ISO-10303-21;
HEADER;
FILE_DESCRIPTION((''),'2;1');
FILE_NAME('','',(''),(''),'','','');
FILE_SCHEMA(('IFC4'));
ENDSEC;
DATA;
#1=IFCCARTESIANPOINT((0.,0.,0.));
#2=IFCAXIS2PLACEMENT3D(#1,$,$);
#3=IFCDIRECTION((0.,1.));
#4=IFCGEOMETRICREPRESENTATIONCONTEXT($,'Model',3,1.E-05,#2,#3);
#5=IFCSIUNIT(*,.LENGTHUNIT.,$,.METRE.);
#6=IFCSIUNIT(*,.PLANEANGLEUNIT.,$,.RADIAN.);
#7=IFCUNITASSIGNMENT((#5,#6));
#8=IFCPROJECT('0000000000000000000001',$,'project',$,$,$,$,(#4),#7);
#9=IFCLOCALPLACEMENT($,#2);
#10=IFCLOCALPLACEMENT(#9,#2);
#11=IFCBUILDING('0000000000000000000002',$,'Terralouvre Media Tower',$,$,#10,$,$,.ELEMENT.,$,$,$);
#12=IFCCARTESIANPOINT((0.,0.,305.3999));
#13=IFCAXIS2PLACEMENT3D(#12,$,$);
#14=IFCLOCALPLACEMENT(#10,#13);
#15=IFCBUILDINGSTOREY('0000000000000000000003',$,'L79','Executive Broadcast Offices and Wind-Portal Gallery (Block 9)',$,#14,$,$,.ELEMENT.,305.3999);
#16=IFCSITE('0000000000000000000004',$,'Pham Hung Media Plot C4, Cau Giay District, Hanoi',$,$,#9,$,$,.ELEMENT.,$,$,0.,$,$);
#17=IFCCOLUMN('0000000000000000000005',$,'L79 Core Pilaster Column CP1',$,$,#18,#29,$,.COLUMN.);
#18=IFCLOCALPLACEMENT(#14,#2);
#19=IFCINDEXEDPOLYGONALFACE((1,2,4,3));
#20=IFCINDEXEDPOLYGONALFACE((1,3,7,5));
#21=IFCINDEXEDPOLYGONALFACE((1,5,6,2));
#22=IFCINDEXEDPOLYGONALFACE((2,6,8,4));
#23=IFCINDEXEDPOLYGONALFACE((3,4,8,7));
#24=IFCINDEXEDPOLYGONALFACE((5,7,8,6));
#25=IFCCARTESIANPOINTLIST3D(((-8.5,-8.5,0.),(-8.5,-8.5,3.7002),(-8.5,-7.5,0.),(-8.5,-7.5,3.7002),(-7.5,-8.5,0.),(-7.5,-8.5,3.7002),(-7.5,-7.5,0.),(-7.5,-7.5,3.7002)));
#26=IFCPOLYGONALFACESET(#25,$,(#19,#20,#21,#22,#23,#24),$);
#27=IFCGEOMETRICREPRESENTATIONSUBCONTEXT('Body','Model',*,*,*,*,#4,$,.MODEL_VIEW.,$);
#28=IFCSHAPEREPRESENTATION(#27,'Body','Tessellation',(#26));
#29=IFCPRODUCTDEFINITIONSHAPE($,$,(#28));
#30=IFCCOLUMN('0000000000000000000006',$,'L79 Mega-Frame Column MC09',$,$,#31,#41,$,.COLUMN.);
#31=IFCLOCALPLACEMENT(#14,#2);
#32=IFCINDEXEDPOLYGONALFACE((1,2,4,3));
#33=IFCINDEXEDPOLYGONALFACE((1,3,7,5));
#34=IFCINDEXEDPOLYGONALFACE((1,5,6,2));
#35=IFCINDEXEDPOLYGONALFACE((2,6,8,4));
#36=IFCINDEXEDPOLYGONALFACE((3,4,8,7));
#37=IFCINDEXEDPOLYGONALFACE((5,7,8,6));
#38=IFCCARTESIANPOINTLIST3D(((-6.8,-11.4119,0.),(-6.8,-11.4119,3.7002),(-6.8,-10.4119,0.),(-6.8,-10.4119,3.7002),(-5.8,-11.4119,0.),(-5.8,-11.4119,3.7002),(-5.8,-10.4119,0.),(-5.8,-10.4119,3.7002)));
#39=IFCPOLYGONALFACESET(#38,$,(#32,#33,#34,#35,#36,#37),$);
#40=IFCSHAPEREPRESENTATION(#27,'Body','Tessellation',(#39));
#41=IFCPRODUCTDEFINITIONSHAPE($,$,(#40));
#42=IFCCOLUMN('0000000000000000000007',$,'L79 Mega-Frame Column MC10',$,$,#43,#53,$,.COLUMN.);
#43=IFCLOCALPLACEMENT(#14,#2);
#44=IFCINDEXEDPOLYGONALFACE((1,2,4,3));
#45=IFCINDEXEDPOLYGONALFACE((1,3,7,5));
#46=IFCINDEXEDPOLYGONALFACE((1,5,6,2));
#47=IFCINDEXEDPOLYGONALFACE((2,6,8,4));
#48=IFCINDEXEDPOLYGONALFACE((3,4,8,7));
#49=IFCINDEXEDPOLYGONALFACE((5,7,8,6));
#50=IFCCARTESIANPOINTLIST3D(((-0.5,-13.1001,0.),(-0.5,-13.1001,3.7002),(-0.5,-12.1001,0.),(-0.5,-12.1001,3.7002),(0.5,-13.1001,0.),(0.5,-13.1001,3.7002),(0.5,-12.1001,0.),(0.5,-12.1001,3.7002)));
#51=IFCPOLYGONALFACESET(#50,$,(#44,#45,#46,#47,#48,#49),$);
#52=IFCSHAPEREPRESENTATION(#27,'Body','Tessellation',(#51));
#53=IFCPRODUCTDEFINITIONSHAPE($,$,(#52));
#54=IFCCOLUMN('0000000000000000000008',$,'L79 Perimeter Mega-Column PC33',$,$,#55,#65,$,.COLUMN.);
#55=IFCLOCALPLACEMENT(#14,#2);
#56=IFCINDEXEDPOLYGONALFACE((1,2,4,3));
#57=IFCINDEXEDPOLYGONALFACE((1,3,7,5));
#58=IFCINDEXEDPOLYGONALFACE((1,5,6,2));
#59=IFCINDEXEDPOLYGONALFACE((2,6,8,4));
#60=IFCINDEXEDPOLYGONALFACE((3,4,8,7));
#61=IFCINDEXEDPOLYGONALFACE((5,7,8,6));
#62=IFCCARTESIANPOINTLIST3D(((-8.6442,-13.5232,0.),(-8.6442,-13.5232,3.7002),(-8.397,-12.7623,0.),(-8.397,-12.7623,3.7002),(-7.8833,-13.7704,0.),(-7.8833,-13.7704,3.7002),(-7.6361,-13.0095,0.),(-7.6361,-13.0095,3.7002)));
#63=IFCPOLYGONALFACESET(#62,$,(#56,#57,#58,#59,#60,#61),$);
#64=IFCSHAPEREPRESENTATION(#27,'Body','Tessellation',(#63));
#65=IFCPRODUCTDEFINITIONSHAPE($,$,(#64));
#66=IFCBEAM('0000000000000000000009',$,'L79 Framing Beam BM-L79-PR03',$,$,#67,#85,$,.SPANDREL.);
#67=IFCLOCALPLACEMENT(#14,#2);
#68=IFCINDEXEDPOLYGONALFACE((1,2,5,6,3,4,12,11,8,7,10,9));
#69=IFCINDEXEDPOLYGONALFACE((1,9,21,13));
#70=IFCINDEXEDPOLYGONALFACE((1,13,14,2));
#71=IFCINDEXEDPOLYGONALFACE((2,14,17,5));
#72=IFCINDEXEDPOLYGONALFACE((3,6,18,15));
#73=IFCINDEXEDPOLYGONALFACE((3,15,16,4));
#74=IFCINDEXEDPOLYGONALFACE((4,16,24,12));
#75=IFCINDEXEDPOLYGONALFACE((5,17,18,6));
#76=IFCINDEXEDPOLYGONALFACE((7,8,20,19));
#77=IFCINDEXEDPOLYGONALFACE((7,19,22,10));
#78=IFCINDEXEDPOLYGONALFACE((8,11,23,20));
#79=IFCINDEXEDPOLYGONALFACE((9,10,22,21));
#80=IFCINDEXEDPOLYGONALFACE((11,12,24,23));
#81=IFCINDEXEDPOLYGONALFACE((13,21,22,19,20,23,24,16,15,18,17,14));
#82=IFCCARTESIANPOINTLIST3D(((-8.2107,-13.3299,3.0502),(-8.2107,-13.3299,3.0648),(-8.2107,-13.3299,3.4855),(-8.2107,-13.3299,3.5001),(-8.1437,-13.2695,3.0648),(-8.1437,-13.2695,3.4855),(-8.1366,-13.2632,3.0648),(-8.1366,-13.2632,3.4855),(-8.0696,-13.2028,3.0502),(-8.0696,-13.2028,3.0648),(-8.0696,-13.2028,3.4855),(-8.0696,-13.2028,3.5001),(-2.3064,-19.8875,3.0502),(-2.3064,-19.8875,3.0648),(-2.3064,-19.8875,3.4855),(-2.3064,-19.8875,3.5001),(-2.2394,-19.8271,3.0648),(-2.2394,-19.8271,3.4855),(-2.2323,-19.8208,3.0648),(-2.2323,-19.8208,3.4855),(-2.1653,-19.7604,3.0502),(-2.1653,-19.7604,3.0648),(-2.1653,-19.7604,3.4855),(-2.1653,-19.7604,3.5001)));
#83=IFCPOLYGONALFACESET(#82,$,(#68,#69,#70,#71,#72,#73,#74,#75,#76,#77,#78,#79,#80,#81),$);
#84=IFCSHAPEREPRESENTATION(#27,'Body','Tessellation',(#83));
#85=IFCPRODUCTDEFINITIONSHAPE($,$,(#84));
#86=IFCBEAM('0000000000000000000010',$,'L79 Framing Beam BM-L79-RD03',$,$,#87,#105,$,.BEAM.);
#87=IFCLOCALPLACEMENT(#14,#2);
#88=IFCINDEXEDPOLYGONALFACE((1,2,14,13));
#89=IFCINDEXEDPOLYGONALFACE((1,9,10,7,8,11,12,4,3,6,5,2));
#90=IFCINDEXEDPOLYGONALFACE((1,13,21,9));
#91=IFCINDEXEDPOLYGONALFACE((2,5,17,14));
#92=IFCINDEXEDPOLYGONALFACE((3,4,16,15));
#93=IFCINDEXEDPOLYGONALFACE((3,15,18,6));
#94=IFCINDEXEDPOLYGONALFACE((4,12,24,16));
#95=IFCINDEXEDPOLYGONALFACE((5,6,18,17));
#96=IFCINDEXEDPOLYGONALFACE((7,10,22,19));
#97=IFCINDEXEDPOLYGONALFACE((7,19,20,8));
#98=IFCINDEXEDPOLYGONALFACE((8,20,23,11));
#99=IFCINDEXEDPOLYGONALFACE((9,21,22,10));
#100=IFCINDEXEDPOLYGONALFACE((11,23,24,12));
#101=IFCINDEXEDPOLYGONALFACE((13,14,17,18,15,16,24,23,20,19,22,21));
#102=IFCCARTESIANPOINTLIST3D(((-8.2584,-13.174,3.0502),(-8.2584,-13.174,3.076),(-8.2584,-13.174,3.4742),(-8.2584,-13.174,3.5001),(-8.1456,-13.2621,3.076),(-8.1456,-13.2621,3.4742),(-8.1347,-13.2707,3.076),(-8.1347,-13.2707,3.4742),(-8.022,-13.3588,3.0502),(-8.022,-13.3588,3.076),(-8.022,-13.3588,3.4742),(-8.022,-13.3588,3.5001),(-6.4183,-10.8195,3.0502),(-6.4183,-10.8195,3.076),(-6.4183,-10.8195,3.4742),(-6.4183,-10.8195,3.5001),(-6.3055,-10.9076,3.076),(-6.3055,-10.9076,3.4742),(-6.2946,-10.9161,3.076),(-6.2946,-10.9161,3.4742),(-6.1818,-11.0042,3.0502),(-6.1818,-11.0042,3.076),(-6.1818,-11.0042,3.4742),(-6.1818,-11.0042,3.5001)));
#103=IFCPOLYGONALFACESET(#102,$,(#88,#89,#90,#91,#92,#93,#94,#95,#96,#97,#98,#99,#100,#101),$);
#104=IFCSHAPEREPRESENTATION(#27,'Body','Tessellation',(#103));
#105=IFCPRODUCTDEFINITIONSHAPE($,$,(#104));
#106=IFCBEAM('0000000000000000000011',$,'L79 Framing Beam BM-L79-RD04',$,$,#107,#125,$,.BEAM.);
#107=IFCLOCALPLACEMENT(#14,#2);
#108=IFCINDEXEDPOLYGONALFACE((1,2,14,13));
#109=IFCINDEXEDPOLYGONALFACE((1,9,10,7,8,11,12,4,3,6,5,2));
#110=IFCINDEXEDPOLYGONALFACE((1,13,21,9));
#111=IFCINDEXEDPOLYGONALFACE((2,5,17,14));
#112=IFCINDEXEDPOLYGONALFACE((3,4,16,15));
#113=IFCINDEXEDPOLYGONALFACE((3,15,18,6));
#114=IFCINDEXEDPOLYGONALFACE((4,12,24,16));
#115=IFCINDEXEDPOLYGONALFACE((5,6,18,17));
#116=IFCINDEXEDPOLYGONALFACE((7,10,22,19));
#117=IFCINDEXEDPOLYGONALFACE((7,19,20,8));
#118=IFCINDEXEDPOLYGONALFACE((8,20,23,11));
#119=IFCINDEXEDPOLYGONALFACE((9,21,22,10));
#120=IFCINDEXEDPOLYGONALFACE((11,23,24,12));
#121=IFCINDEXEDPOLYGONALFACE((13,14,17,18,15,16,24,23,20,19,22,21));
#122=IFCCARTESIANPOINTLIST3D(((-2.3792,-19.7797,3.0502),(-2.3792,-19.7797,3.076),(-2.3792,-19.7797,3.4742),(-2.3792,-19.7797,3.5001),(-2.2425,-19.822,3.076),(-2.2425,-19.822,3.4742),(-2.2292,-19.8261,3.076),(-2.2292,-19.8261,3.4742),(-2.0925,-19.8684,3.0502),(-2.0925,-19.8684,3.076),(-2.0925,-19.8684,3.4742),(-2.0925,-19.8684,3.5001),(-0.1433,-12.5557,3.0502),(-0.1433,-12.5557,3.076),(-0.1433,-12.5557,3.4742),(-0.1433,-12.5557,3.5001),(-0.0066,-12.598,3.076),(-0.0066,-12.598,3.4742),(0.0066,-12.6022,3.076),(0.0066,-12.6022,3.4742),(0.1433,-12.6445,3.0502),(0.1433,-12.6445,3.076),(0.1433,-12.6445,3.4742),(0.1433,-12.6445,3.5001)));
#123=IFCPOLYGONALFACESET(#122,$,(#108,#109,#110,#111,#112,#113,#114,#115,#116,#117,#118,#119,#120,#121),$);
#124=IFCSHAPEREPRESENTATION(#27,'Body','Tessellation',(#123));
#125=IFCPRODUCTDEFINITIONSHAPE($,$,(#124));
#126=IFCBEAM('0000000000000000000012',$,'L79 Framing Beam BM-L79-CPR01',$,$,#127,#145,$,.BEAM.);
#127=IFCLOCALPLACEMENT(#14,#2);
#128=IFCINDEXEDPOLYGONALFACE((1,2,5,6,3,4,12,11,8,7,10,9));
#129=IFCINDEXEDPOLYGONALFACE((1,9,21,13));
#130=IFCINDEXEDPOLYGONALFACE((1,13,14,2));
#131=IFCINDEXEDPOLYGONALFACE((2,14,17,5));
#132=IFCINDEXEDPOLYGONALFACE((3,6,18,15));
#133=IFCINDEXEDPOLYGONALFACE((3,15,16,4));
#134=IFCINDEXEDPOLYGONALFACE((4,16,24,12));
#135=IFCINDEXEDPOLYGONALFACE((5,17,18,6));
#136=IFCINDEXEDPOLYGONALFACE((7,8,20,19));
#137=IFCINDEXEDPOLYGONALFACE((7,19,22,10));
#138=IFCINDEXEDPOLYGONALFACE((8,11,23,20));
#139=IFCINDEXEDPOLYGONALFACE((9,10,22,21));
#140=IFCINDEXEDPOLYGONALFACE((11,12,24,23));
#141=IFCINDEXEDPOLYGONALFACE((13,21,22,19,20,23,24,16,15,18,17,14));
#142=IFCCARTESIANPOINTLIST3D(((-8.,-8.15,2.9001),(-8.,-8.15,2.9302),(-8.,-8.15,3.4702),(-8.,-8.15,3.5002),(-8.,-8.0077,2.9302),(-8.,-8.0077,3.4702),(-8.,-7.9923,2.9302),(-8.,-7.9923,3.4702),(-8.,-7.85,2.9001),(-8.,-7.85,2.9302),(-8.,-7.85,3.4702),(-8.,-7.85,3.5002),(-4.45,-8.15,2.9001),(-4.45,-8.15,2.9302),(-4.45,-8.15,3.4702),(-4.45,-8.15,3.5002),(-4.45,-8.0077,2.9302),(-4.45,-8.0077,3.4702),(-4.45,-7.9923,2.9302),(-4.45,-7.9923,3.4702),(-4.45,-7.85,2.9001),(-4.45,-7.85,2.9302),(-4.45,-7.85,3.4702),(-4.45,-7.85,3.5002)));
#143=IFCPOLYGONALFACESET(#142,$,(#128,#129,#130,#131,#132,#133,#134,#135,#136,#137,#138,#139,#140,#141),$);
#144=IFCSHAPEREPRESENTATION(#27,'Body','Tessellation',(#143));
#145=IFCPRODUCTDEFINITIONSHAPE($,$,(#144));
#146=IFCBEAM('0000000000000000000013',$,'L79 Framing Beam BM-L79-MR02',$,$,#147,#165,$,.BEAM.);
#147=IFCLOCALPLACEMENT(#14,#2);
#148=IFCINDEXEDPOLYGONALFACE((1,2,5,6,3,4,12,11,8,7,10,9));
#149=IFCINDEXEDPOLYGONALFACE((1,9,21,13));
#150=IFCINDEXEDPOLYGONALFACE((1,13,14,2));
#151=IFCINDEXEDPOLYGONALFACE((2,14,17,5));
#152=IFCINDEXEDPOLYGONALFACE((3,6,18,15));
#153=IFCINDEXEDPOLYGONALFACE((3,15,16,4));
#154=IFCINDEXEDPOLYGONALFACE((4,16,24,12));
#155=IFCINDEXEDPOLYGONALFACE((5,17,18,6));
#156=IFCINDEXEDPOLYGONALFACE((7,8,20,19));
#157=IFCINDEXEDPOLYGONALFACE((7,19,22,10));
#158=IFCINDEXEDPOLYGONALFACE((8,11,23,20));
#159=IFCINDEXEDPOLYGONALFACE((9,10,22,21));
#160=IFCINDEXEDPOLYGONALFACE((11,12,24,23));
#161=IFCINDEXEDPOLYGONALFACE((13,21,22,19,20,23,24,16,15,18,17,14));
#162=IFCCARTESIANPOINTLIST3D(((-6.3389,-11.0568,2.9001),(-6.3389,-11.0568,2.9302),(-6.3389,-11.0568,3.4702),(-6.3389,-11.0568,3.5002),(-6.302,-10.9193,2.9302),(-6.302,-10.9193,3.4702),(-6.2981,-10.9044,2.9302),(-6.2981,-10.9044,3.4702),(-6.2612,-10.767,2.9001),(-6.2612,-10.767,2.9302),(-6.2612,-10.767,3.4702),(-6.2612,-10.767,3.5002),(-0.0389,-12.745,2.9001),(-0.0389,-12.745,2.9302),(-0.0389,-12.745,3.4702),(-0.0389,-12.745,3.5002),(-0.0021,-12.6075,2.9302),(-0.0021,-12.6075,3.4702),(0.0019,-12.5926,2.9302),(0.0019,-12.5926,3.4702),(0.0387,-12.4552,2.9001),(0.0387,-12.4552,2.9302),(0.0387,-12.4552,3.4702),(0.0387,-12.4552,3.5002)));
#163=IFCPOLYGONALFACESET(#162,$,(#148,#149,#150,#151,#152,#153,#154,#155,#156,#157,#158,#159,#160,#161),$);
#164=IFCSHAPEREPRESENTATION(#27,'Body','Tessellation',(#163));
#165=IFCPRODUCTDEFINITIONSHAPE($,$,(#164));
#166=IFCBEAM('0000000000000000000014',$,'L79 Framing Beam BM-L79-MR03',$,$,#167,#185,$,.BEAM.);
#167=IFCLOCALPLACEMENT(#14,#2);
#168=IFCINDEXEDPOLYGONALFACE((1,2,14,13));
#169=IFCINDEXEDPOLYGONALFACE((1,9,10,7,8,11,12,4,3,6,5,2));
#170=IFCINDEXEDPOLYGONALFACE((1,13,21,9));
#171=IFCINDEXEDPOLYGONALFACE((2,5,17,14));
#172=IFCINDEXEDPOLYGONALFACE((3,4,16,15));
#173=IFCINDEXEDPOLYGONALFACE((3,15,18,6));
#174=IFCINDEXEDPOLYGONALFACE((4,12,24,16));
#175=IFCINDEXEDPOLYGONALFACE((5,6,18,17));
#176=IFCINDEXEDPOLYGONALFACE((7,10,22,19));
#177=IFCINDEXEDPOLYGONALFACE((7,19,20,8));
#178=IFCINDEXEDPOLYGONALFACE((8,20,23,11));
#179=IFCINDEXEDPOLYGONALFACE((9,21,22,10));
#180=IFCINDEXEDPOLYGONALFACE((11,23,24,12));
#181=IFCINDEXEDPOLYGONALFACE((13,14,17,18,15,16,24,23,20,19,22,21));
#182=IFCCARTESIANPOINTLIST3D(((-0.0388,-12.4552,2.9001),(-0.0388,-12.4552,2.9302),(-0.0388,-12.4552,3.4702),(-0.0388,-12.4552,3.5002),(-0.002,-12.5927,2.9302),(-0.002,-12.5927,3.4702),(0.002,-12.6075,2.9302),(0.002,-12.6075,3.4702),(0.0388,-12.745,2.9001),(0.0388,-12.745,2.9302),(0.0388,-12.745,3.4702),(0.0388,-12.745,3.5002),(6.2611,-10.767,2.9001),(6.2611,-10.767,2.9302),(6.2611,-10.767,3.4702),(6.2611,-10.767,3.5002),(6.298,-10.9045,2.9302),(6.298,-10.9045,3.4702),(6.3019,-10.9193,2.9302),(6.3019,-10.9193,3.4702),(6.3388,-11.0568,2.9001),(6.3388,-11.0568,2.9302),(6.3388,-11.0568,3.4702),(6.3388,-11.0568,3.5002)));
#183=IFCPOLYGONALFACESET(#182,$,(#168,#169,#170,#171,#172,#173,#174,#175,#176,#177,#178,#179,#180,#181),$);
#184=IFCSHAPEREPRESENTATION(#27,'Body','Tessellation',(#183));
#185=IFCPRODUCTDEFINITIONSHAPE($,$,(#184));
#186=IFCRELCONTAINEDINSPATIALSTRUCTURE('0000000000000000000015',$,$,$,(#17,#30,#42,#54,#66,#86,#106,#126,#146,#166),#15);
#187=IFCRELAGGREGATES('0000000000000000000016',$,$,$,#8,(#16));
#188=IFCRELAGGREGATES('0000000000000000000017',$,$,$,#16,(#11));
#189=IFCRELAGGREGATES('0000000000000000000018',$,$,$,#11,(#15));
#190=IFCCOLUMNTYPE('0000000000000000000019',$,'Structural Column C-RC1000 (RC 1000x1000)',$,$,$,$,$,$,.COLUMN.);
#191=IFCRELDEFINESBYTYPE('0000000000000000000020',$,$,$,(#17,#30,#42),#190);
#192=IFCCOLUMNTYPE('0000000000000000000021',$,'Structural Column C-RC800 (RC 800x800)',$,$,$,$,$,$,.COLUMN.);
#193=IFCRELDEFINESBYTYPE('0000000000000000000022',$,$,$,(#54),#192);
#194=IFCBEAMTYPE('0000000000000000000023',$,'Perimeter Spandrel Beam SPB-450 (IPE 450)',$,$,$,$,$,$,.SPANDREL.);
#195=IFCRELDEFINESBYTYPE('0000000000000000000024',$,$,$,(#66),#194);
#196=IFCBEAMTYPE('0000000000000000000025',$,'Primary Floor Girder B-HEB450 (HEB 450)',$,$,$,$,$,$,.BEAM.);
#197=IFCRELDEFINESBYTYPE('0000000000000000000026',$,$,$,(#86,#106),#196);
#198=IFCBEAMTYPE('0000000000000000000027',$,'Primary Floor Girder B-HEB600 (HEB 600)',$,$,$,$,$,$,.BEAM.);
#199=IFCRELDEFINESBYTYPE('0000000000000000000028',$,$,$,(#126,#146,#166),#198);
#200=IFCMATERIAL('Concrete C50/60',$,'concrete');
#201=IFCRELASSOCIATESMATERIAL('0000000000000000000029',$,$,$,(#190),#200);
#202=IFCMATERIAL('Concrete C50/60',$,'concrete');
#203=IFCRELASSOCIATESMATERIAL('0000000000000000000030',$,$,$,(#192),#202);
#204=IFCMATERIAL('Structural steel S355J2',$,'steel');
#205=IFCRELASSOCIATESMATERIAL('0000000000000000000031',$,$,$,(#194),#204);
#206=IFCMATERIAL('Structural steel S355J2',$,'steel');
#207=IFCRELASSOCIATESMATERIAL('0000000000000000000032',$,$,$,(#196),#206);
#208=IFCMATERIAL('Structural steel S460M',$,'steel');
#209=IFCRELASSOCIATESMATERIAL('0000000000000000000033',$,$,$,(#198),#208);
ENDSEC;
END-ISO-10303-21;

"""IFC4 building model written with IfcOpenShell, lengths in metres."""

from ifc_helpers import new_model, si_unit, direction, frame, origin, origin_2d, place, context, subcontext, project, spatial, rectangle, i_section, extrude, material, material_profile, profile_set, type_object, element, save


model = new_model("IFC4")

# Units and contexts
model_context = context("Model", 3, precision=1e-05, world=origin(), true_north=direction((0.0, 1.0)))
body_context = subcontext(model_context, "Body", "Model", "MODEL_VIEW")
ifc_project = project(units=[si_unit("LENGTHUNIT", "METRE"), si_unit("PLANEANGLEUNIT", "RADIAN")], contexts=[model_context])

# Site, building, storey
site_placement = place(None, origin())
site = spatial("IfcSite", under=ifc_project, at=site_placement, Name="Pham Hung Media Plot C4, Cau Giay District, Hanoi", CompositionType="ELEMENT", RefElevation=0.0)
building_placement = place(site_placement, origin())
building = spatial("IfcBuilding", under=site, at=building_placement, Name="Terralouvre Media Tower", CompositionType="ELEMENT")
storey_placement = place(building_placement, frame((0.0, 0.0, 305.3999)))
storey = spatial("IfcBuildingStorey", under=building, at=storey_placement, Name="L79", Description="Executive Broadcast Offices and Wind-Portal Gallery (Block 9)", CompositionType="ELEMENT", Elevation=305.3999)

# Columns
ifc_material_1 = material(Name="Concrete C50/60", Category="concrete")
ifc_material_profile_1 = material_profile(ifc_material_1, rectangle(XDim=1.0, YDim=1.0, at=origin_2d()), Name="RC 1000x1000")
ifc_profile_set_1 = profile_set([ifc_material_profile_1], Name="Concrete C50/60")
column_type_1 = type_object("IfcColumnType", Name="Structural Column C-RC1000 (RC 1000x1000)", PredefinedType="COLUMN", material=ifc_profile_set_1)
for number, where, z_axis, x_axis, name in (
    (1, (-8.0, -8.0, 0.0), (0.0, 0.0, 1.0), (1.0, 0.0, 0.0), "L79 Core Pilaster Column CP1"),
    (2, (-6.3, -10.9119, 0.0), (0.0, 0.0, 1.0), (1.0, 0.0, 0.0), "L79 Mega-Frame Column MC09"),
    (3, (0.0, -12.6001, 0.0), (0.0, 0.0, 1.0), (1.0, 0.0, 0.0), "L79 Mega-Frame Column MC10"),
):
    element("IfcColumn", number, at=place(storey_placement, frame(where, z_axis=z_axis, x_axis=x_axis)), inside=storey, type_object=column_type_1, Name=name, PredefinedType="COLUMN", context=body_context, shape_type="SweptSolid", body=[
        extrude(rectangle(XDim=1.0, YDim=1.0, at=origin_2d()), origin(), (0.0, 0.0, 1.0), 3.7002),
    ])
ifc_material_2 = material(Name="Concrete C50/60", Category="concrete")
ifc_material_profile_2 = material_profile(ifc_material_2, rectangle(XDim=0.8, YDim=0.8, at=origin_2d()), Name="RC 800x800")
ifc_profile_set_2 = profile_set([ifc_material_profile_2], Name="Concrete C50/60")
column_type_2 = type_object("IfcColumnType", Name="Structural Column C-RC800 (RC 800x800)", PredefinedType="COLUMN", material=ifc_profile_set_2)
column_placement = place(storey_placement, frame((-8.1401, -13.2664, 0.0), z_axis=(0.0, 0.0, 1.0), x_axis=(0.309017, 0.951057, 0.0)))
element("IfcColumn", 4, at=column_placement, inside=storey, type_object=column_type_2, Name="L79 Perimeter Mega-Column PC33", PredefinedType="COLUMN", context=body_context, shape_type="SweptSolid", body=[
    extrude(rectangle(XDim=0.8, YDim=0.8, at=origin_2d()), origin(), (0.0, 0.0, 1.0), 3.7002),
])

# Beams
ifc_material_3 = material(Name="Structural steel S355J2", Category="steel")
ifc_material_profile_3 = material_profile(ifc_material_3, i_section(OverallWidth=0.1899, OverallDepth=0.45, WebThickness=0.0095, FlangeThickness=0.0146, at=origin_2d()), Name="IPE 450")
ifc_profile_set_3 = profile_set([ifc_material_profile_3], Name="Structural steel S355J2")
beam_type_1 = type_object("IfcBeamType", Name="Perimeter Spandrel Beam SPB-450 (IPE 450)", PredefinedType="SPANDREL", material=ifc_profile_set_3)
beam_1_placement = place(storey_placement, frame((-8.1401, -13.2664, 3.2751), z_axis=(0.669118, -0.743157, 0.0), x_axis=(0.743157, 0.669118, 0.0)))
element("IfcBeam", 5, at=beam_1_placement, inside=storey, type_object=beam_type_1, Name="L79 Framing Beam BM-L79-PR03", PredefinedType="SPANDREL", context=body_context, shape_type="SweptSolid", body=[
    extrude(i_section(OverallWidth=0.1899, OverallDepth=0.45, WebThickness=0.0095, FlangeThickness=0.0146, at=origin_2d()), origin(), (0.0, 0.0, 1.0), 8.824),
])
ifc_material_4 = material(Name="Structural steel S355J2", Category="steel")
ifc_material_profile_4 = material_profile(ifc_material_4, i_section(OverallWidth=0.3, OverallDepth=0.45, WebThickness=0.0139, FlangeThickness=0.0259, at=origin_2d()), Name="HEB 450")
ifc_profile_set_4 = profile_set([ifc_material_profile_4], Name="Structural steel S355J2")
beam_type_2 = type_object("IfcBeamType", Name="Primary Floor Girder B-HEB450 (HEB 450)", PredefinedType="BEAM", material=ifc_profile_set_4)
beam_2_placement = place(storey_placement, frame((-6.3, -10.9119, 3.2751), z_axis=(-0.615777, -0.78792, 0.0), x_axis=(0.78792, -0.615777, 0.0)))
element("IfcBeam", 6, at=beam_2_placement, inside=storey, type_object=beam_type_2, Name="L79 Framing Beam BM-L79-RD03", PredefinedType="BEAM", context=body_context, shape_type="SweptSolid", body=[
    extrude(i_section(OverallWidth=0.3, OverallDepth=0.45, WebThickness=0.0139, FlangeThickness=0.0259, at=origin_2d()), origin(), (0.0, 0.0, 1.0), 2.9883),
])
beam_3_placement = place(storey_placement, frame((0.0, -12.6001, 3.2751), z_axis=(-0.295669, -0.95529, 0.0), x_axis=(0.95529, -0.295669, 0.0)))
element("IfcBeam", 7, at=beam_3_placement, inside=storey, type_object=beam_type_2, Name="L79 Framing Beam BM-L79-RD04", PredefinedType="BEAM", context=body_context, shape_type="SweptSolid", body=[
    extrude(i_section(OverallWidth=0.3, OverallDepth=0.45, WebThickness=0.0139, FlangeThickness=0.0259, at=origin_2d()), origin(), (0.0, 0.0, 1.0), 7.562),
])
ifc_material_5 = material(Name="Structural steel S460M", Category="steel")
ifc_material_profile_5 = material_profile(ifc_material_5, i_section(OverallWidth=0.3, OverallDepth=0.6001, WebThickness=0.0154, FlangeThickness=0.03, at=origin_2d()), Name="HEB 600")
ifc_profile_set_5 = profile_set([ifc_material_profile_5], Name="Structural steel S460M")
beam_type_3 = type_object("IfcBeamType", Name="Primary Floor Girder B-HEB600 (HEB 600)", PredefinedType="BEAM", material=ifc_profile_set_5)
beam_4_placement = place(storey_placement, frame((-8.0, -8.0, 3.2002), z_axis=(1.0, 0.0, 0.0), x_axis=(0.0, 1.0, 0.0)))
element("IfcBeam", 8, at=beam_4_placement, inside=storey, type_object=beam_type_3, Name="L79 Framing Beam BM-L79-CPR01", PredefinedType="BEAM", context=body_context, shape_type="SweptSolid", body=[
    extrude(i_section(OverallWidth=0.3, OverallDepth=0.6001, WebThickness=0.0154, FlangeThickness=0.03, at=origin_2d()), origin(), (0.0, 0.0, 1.0), 3.55),
])
for number, where, z_axis, x_axis, name in (
    (9, (-6.3, -10.9119, 3.2002), (0.96592, -0.258839, 0.0), (0.258839, 0.96592, 0.0), "L79 Framing Beam BM-L79-MR02"),
    (10, (0.0, -12.6001, 3.2002), (0.96592, 0.258839, 0.0), (-0.258839, 0.96592, 0.0), "L79 Framing Beam BM-L79-MR03"),
):
    element("IfcBeam", number, at=place(storey_placement, frame(where, z_axis=z_axis, x_axis=x_axis)), inside=storey, type_object=beam_type_3, Name=name, PredefinedType="BEAM", context=body_context, shape_type="SweptSolid", body=[
        extrude(i_section(OverallWidth=0.3, OverallDepth=0.6001, WebThickness=0.0154, FlangeThickness=0.03, at=origin_2d()), origin(), (0.0, 0.0, 1.0), 6.5222),
    ])

save(model, "model.ifc")
